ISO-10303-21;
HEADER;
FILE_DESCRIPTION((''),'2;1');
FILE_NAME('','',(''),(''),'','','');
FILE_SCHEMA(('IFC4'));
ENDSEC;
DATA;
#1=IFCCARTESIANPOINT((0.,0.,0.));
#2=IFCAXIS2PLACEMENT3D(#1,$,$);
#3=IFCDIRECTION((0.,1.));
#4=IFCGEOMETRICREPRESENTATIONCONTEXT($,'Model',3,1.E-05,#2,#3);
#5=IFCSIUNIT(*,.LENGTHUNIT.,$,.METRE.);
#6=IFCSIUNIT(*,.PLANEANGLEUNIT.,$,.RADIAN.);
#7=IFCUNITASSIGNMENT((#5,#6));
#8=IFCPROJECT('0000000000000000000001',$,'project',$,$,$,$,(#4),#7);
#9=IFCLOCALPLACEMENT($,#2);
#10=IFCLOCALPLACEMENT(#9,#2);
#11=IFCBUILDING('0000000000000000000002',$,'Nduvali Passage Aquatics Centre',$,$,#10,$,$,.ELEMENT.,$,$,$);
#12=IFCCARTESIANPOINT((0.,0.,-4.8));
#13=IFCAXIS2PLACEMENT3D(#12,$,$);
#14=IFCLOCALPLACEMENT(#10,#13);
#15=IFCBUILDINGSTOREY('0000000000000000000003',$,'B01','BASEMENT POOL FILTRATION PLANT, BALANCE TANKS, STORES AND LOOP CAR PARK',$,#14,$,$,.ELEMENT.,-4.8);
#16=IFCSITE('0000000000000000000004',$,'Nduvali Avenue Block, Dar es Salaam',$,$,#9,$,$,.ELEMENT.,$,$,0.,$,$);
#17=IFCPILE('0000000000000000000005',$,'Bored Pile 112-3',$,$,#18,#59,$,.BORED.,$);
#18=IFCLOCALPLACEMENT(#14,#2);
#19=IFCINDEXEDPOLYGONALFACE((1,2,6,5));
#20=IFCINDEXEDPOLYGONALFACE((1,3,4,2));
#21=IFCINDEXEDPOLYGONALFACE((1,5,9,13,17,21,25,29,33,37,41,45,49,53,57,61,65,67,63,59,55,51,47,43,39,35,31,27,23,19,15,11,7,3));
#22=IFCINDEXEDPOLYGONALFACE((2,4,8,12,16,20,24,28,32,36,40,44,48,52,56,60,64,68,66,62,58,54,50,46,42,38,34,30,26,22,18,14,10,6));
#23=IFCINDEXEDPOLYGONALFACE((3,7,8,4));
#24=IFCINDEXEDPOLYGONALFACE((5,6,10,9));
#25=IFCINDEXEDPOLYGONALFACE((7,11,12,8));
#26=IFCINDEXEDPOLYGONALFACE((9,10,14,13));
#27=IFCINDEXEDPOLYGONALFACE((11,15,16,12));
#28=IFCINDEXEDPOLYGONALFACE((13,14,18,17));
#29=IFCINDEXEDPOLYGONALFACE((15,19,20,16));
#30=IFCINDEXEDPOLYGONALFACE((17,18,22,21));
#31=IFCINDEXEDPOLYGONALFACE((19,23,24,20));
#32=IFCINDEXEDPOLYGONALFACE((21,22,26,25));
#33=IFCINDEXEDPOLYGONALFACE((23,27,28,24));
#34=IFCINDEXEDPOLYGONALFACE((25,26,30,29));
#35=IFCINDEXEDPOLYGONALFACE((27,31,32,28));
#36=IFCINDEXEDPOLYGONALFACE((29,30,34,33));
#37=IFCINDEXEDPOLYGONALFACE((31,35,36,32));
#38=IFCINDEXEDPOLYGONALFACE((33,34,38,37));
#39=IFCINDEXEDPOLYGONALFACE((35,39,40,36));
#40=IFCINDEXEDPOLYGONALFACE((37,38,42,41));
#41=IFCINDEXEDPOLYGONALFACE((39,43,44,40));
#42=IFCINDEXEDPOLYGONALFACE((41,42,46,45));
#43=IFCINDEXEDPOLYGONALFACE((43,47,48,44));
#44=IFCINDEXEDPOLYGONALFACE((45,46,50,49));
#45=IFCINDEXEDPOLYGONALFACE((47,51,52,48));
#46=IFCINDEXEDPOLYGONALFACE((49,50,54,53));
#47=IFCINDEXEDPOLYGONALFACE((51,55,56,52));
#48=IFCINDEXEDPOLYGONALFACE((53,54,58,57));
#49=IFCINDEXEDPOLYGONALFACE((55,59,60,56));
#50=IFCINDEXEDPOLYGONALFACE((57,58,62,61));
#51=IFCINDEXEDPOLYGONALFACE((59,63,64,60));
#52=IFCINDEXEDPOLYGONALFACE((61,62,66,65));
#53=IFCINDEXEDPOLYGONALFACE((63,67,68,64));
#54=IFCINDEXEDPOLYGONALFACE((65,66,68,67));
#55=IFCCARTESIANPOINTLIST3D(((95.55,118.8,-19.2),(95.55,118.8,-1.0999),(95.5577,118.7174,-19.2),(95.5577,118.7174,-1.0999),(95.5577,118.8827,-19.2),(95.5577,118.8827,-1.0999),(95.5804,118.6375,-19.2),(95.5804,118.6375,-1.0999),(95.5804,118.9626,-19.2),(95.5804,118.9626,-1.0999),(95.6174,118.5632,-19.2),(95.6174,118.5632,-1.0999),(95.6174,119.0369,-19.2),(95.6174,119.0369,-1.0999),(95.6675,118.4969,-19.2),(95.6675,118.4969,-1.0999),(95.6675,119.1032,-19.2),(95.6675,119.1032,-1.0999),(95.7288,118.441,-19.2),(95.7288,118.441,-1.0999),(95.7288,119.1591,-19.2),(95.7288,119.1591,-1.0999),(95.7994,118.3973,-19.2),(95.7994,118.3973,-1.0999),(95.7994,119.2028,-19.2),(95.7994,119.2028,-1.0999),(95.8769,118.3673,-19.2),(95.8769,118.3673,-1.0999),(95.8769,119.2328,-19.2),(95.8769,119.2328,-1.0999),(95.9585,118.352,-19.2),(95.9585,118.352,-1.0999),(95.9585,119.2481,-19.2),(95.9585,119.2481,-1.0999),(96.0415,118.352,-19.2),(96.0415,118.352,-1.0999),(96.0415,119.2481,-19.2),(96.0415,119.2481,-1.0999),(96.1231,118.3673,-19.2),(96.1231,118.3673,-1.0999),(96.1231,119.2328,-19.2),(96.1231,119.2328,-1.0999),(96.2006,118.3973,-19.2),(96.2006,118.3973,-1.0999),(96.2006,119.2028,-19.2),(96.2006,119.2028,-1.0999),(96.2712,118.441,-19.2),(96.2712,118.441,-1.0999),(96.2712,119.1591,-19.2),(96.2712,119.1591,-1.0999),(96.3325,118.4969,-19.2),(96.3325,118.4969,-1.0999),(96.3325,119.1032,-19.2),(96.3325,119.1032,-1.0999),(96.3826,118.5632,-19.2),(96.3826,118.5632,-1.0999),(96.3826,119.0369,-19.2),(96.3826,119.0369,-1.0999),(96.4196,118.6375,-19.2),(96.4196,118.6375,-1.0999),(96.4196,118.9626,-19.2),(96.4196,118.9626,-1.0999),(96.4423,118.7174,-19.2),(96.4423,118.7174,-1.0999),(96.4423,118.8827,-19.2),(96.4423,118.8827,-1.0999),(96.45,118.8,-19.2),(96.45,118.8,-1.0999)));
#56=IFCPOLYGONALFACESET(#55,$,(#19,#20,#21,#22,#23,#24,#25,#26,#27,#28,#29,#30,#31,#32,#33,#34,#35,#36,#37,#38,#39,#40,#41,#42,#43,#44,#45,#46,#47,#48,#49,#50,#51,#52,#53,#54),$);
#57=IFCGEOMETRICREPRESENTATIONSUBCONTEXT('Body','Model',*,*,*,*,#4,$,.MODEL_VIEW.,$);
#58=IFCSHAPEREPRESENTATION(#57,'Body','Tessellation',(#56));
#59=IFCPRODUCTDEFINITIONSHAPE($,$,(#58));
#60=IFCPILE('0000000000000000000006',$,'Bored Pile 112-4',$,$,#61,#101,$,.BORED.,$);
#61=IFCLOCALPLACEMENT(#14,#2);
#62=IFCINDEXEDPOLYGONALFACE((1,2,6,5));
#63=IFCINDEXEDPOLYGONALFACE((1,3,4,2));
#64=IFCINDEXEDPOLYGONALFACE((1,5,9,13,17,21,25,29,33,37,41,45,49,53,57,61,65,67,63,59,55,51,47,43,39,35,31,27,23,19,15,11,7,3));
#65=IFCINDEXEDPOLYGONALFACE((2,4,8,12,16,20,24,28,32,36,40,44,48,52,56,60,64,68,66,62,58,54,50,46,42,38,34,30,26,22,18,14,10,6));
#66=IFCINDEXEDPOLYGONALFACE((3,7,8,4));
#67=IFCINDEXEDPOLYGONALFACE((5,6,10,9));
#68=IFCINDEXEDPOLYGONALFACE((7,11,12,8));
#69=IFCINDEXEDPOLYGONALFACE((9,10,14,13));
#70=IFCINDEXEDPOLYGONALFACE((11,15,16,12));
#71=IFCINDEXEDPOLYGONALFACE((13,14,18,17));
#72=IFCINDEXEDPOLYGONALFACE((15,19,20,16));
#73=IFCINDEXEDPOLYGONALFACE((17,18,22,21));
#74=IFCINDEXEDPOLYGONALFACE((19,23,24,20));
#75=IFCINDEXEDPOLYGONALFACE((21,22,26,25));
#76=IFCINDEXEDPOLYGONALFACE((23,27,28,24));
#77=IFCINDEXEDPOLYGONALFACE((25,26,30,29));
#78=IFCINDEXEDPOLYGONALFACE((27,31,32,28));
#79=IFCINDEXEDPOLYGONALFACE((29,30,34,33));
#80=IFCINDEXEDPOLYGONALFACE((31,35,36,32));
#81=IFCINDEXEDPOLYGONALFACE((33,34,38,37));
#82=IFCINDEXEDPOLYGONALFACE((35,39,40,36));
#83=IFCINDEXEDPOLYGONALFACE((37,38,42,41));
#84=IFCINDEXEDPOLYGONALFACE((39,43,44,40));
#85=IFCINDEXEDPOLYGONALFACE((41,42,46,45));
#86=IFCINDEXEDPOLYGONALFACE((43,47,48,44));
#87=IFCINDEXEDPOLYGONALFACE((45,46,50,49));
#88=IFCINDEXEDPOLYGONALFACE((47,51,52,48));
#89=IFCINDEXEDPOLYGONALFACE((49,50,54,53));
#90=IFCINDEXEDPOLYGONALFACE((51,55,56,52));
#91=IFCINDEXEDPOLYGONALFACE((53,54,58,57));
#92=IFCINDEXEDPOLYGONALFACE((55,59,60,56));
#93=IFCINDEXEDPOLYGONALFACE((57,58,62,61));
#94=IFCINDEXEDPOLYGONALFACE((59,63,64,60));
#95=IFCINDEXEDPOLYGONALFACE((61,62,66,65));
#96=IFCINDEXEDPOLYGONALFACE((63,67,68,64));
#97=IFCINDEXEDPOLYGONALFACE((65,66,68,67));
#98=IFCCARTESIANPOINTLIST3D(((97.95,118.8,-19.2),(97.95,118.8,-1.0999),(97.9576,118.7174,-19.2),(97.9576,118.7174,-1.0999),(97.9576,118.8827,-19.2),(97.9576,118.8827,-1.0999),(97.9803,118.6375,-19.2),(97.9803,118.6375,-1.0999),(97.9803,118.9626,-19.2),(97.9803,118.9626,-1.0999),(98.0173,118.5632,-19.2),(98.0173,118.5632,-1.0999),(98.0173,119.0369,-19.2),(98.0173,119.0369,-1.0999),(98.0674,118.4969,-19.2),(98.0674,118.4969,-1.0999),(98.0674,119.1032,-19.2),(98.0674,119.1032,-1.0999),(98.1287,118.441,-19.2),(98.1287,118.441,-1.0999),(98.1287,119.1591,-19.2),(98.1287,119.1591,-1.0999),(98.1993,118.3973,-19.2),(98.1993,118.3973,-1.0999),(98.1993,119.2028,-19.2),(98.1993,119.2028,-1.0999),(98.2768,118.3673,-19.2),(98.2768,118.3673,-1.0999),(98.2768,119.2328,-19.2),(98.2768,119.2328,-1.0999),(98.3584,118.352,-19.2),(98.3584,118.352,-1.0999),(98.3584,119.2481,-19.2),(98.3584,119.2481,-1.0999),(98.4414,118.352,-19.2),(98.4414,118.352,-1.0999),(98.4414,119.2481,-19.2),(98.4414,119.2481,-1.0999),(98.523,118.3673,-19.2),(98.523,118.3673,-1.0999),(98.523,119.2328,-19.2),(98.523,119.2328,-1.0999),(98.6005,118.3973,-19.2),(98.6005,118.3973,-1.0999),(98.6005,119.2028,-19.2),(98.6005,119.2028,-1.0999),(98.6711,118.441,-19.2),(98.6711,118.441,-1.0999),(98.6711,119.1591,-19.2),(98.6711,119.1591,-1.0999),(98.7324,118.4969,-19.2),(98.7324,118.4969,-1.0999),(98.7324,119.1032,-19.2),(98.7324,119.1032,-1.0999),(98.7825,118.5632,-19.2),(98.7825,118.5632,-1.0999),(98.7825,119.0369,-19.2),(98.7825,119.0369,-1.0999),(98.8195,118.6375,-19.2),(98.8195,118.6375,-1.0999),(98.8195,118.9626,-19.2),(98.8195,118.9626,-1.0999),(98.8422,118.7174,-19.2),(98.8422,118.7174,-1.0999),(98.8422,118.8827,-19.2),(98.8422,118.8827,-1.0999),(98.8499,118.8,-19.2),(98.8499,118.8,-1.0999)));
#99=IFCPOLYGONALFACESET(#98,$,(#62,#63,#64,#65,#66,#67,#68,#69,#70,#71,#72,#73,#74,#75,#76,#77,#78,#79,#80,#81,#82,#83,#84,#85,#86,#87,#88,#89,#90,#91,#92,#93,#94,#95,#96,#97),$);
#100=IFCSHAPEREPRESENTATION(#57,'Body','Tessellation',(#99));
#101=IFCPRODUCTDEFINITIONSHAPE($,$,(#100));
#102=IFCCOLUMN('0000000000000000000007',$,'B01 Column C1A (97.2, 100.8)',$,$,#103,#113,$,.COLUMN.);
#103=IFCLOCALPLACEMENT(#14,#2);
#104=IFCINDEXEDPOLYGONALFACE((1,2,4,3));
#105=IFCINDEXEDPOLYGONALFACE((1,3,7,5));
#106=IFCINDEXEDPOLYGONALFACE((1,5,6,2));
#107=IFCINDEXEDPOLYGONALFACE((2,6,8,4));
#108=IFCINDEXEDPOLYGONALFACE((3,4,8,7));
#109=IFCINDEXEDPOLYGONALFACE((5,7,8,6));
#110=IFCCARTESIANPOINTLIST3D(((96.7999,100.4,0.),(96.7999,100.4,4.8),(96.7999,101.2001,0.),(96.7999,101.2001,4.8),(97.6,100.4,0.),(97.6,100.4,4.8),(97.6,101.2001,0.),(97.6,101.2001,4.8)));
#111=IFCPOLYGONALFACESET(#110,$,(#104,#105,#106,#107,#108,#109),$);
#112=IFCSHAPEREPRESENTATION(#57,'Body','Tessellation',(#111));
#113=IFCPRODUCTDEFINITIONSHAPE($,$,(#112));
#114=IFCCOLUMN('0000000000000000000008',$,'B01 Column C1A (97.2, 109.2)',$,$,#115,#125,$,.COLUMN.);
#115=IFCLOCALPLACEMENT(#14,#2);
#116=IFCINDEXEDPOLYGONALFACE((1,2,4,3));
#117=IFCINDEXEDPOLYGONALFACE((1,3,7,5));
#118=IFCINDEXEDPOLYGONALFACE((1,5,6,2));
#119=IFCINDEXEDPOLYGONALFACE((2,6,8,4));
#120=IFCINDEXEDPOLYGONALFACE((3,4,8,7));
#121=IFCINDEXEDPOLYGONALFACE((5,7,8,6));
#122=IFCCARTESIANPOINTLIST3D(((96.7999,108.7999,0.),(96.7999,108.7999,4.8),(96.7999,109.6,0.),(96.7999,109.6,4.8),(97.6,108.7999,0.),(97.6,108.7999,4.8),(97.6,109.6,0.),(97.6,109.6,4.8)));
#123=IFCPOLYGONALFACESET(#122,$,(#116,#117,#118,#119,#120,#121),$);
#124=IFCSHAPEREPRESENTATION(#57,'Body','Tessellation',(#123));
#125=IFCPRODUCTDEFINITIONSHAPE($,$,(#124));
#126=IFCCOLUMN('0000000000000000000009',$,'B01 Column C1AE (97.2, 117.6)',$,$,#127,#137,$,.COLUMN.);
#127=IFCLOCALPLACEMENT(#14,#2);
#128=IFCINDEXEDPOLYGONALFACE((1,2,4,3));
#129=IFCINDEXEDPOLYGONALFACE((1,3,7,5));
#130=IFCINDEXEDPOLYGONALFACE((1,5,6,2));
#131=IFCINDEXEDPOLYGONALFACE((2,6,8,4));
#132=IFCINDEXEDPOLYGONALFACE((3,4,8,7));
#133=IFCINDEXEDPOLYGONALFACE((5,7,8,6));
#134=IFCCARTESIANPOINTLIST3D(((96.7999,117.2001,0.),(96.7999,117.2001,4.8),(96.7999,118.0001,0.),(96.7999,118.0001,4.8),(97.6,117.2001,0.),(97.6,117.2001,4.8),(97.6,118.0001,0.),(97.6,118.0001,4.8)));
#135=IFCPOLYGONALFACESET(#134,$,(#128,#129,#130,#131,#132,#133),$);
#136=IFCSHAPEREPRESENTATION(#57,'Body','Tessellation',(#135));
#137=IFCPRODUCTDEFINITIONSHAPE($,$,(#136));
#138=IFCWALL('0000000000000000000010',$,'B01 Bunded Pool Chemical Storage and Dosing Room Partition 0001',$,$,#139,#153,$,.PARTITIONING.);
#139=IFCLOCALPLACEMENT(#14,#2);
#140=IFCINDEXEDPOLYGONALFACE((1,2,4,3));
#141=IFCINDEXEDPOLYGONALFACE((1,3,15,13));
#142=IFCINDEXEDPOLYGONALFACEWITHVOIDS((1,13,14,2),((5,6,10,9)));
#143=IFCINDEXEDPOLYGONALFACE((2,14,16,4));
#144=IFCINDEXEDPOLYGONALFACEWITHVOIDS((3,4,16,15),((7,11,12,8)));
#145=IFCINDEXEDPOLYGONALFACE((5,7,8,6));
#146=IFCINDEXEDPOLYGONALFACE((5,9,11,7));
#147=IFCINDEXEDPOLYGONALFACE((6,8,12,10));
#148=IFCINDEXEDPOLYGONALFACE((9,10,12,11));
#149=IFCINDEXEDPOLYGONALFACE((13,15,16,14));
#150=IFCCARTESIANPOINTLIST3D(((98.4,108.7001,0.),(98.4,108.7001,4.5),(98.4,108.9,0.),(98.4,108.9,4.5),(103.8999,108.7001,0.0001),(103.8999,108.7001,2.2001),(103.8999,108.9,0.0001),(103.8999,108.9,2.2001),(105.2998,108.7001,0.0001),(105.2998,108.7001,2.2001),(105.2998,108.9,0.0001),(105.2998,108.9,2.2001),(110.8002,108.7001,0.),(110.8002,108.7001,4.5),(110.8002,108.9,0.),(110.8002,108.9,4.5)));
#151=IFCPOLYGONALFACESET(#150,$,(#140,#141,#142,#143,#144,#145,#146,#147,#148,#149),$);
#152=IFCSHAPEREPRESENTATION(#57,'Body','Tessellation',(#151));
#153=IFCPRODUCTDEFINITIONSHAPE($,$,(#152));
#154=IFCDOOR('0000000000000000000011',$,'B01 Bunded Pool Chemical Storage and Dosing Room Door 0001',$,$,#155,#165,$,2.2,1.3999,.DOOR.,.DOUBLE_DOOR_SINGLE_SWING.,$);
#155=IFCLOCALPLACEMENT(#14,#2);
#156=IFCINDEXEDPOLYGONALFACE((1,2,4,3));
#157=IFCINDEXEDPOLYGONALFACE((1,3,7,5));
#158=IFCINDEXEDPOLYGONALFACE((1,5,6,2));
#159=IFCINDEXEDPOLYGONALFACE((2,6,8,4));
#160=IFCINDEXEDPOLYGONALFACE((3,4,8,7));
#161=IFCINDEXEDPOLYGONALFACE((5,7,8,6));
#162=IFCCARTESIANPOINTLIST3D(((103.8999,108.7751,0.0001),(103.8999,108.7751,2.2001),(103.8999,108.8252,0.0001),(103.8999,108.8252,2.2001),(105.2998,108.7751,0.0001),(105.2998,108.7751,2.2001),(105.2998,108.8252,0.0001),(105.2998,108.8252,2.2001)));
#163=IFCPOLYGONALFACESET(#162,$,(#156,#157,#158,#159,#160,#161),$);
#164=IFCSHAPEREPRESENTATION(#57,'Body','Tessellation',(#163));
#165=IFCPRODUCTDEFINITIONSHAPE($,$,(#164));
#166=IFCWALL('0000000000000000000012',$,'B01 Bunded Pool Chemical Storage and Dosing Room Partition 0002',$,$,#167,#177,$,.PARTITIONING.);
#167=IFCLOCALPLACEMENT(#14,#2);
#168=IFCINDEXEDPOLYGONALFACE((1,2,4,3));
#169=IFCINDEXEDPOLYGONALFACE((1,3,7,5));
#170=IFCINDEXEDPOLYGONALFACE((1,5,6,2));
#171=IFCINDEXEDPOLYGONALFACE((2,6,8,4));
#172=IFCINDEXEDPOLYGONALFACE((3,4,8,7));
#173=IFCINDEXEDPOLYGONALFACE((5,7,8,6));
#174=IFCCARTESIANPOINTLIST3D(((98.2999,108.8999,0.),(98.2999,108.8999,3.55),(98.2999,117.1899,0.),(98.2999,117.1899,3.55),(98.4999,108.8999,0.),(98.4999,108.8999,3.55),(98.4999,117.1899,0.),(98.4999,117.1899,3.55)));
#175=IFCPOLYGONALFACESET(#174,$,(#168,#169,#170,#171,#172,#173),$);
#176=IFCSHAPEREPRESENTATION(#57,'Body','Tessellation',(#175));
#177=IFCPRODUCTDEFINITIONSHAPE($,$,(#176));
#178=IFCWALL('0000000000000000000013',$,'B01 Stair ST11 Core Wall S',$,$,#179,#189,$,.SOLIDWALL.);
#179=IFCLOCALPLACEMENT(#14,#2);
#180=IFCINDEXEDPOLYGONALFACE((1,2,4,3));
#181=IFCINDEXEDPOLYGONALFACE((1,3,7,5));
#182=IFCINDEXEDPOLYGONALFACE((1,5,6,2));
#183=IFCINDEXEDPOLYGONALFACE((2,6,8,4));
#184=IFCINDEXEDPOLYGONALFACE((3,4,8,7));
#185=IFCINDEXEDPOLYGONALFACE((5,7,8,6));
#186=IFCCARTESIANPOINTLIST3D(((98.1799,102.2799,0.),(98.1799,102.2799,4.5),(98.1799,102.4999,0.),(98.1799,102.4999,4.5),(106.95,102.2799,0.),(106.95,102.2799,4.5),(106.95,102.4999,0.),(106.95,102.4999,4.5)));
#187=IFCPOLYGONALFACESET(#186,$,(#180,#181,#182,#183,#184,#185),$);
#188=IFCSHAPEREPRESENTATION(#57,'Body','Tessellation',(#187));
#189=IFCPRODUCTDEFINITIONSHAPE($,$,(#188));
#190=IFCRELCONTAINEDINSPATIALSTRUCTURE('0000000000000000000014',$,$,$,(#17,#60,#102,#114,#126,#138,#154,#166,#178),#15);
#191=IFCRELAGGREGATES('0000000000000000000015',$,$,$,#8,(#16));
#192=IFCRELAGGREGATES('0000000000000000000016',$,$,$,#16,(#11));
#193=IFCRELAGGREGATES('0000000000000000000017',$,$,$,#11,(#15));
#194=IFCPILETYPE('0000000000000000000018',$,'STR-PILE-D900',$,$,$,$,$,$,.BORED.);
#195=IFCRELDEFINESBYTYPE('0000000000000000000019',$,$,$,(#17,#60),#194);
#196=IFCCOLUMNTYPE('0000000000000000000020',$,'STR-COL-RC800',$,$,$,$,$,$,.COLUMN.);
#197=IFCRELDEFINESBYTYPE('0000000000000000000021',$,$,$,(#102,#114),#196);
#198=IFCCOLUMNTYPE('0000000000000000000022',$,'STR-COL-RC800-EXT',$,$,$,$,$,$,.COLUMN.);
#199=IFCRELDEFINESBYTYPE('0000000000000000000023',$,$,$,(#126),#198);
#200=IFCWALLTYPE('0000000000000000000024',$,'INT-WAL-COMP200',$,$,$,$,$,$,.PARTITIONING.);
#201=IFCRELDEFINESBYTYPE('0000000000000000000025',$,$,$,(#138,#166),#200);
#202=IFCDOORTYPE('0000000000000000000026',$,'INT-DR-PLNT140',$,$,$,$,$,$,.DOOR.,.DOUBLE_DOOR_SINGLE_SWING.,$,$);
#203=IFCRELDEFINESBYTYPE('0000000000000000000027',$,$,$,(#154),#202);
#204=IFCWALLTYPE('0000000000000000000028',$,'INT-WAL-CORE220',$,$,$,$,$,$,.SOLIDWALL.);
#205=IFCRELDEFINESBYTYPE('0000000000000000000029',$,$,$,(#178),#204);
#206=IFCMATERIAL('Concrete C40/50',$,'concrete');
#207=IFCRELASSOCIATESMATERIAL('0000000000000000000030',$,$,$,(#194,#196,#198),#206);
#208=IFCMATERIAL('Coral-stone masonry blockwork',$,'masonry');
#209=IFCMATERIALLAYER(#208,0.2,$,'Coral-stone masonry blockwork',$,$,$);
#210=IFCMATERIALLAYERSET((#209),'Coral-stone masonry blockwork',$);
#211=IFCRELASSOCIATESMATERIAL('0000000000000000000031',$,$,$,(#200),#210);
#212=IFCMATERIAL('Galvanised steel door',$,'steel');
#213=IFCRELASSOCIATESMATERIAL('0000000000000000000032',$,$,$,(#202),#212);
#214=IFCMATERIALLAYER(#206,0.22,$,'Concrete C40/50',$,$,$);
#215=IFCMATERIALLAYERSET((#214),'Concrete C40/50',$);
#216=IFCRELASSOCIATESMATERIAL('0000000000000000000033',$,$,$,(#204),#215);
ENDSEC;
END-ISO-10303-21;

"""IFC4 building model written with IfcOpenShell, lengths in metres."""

from ifc_helpers import new_model, si_unit, direction, frame, frame_2d, origin, origin_2d, place, context, subcontext, project, spatial, rectangle, circle, extrude, material, layer, layer_set, material_profile, profile_set, type_object, element, fill, save


model = new_model("IFC4")

# Units and contexts
model_context = context("Model", 3, precision=1e-05, world=origin(), true_north=direction((0.0, 1.0)))
body_context = subcontext(model_context, "Body", "Model", "MODEL_VIEW")
ifc_project = project(units=[si_unit("LENGTHUNIT", "METRE"), si_unit("PLANEANGLEUNIT", "RADIAN")], contexts=[model_context])

# Site, building, storey
site_placement = place(None, origin())
site = spatial("IfcSite", under=ifc_project, at=site_placement, Name="Nduvali Avenue Block, Dar es Salaam", CompositionType="ELEMENT", RefElevation=0.0)
building_placement = place(site_placement, origin())
building = spatial("IfcBuilding", under=site, at=building_placement, Name="Nduvali Passage Aquatics Centre", CompositionType="ELEMENT")
storey_placement = place(building_placement, frame((0.0, 0.0, -4.8)))
storey = spatial("IfcBuildingStorey", under=building, at=storey_placement, Name="B01", Description="BASEMENT POOL FILTRATION PLANT, BALANCE TANKS, STORES AND LOOP CAR PARK", CompositionType="ELEMENT", Elevation=-4.8)

# Shared definitions
ifc_material_1 = material(Name="Concrete C40/50", Category="concrete")

# Piles
ifc_material_profile_1 = material_profile(ifc_material_1, circle(Radius=0.45, at=origin_2d()), Name="PILE D900")
ifc_profile_set_1 = profile_set([ifc_material_profile_1], Name="Concrete C40/50")
pile_type_1 = type_object("IfcPileType", Name="STR-PILE-D900", PredefinedType="BORED", material=ifc_profile_set_1)
for number, where, z_axis, x_axis, name in (
    (1, (96.0, 118.8, -1.0999), (0.0, 0.0, -1.0), (1.0, 0.0, 0.0), "Bored Pile 112-3"),
    (2, (98.3999, 118.8, -1.0999), (0.0, 0.0, -1.0), (1.0, 0.0, 0.0), "Bored Pile 112-4"),
):
    element("IfcPile", number, at=place(storey_placement, frame(where, z_axis=z_axis, x_axis=x_axis)), inside=storey, type_object=pile_type_1, Name=name, PredefinedType="BORED", context=body_context, shape_type="SweptSolid", body=[
        extrude(circle(Radius=0.45, at=origin_2d()), origin(), (0.0, 0.0, 1.0), 18.1001),
    ])

# Columns
ifc_material_profile_2 = material_profile(ifc_material_1, rectangle(XDim=0.8, YDim=0.8, at=origin_2d()), Name="RC 800x800")
ifc_profile_set_2 = profile_set([ifc_material_profile_2], Name="Concrete C40/50")
column_type_1 = type_object("IfcColumnType", Name="STR-COL-RC800", PredefinedType="COLUMN", material=ifc_profile_set_2)
for number, where, z_axis, x_axis, name in (
    (3, (97.2, 100.8, 0.0), (0.0, 0.0, 1.0), (1.0, 0.0, 0.0), "B01 Column C1A (97.2, 100.8)"),
    (4, (97.2, 109.2, 0.0), (0.0, 0.0, 1.0), (1.0, 0.0, 0.0), "B01 Column C1A (97.2, 109.2)"),
):
    element("IfcColumn", number, at=place(storey_placement, frame(where, z_axis=z_axis, x_axis=x_axis)), inside=storey, type_object=column_type_1, Name=name, PredefinedType="COLUMN", context=body_context, shape_type="SweptSolid", body=[
        extrude(rectangle(XDim=0.8, YDim=0.8, at=origin_2d()), origin(), (0.0, 0.0, 1.0), 4.8),
    ])
ifc_material_profile_3 = material_profile(ifc_material_1, rectangle(XDim=0.8, YDim=0.8, at=origin_2d()), Name="RC 800x800")
ifc_profile_set_3 = profile_set([ifc_material_profile_3], Name="Concrete C40/50")
column_type_2 = type_object("IfcColumnType", Name="STR-COL-RC800-EXT", PredefinedType="COLUMN", material=ifc_profile_set_3)
column_placement = place(storey_placement, frame((97.2, 117.6001, 0.0), z_axis=(0.0, 0.0, 1.0), x_axis=(1.0, 0.0, 0.0)))
element("IfcColumn", 5, at=column_placement, inside=storey, type_object=column_type_2, Name="B01 Column C1AE (97.2, 117.6)", PredefinedType="COLUMN", context=body_context, shape_type="SweptSolid", body=[
    extrude(rectangle(XDim=0.8, YDim=0.8, at=origin_2d()), origin(), (0.0, 0.0, 1.0), 4.8),
])

# Wall, opening, door
ifc_material_2 = material(Name="Coral-stone masonry blockwork", Category="masonry")
ifc_layer_1 = layer(ifc_material_2, 0.2, Name="Coral-stone masonry blockwork")
ifc_layer_set_1 = layer_set([ifc_layer_1], Name="Coral-stone masonry blockwork")
wall_type_1 = type_object("IfcWallType", Name="INT-WAL-COMP200", PredefinedType="PARTITIONING", material=ifc_layer_set_1)
wall_1_placement = place(storey_placement, frame((98.3999, 108.8, 0.0), z_axis=(0.0, 0.0, 1.0), x_axis=(1.0, 0.0, 0.0)))
wall_1 = element("IfcWall", 6, at=wall_1_placement, inside=storey, type_object=wall_type_1, Name="B01 Bunded Pool Chemical Storage and Dosing Room Partition 0001", PredefinedType="PARTITIONING", context=body_context, shape_type="SweptSolid", body=[
    extrude(rectangle(XDim=12.4001, YDim=0.2, at=frame_2d((6.2002, 0.0))), origin(), (0.0, 0.0, 1.0), 4.5),
])
opening_1_placement = place(wall_1_placement, frame((5.5, 0.0, 0.0)))
opening_1 = element("IfcOpeningElement", 7, at=opening_1_placement, cuts=wall_1, PredefinedType="OPENING", context=body_context, shape_type="SweptSolid", body=[
    extrude(rectangle(XDim=1.3999, YDim=2.2, at=frame_2d((0.7, 1.1001))), frame((0.0, 0.1147, 0.0), z_axis=(0.0, -1.0, 0.0), x_axis=(1.0, 0.0, 0.0)), (0.0, 0.0, 1.0), 0.2297),
])
ifc_material_3 = material(Name="Galvanised steel door", Category="steel")
door_type_1 = type_object("IfcDoorType", Name="INT-DR-PLNT140", OperationType="DOUBLE_DOOR_SINGLE_SWING", PredefinedType="DOOR", material=ifc_material_3)
door_1_placement = place(opening_1_placement, frame((1.3999, 0.0, 0.0), z_axis=(0.0, 0.0, 1.0), x_axis=(-1.0, 0.0, 0.0)))
door_1 = element("IfcDoor", 8, at=door_1_placement, inside=storey, type_object=door_type_1, Name="B01 Bunded Pool Chemical Storage and Dosing Room Door 0001", OperationType="DOUBLE_DOOR_SINGLE_SWING", OverallHeight=2.2, OverallWidth=1.3999, PredefinedType="DOOR", context=body_context, shape_type="SweptSolid", body=[
    extrude(rectangle(XDim=1.3999, YDim=2.2, at=frame_2d((0.7, 1.1001))), frame((0.0, 0.0249, 0.0), z_axis=(0.0, -1.0, 0.0), x_axis=(1.0, 0.0, 0.0)), (0.0, 0.0, 1.0), 0.05),
])
fill(opening_1, door_1)

# Walls
wall_2_placement = place(storey_placement, frame((98.3999, 108.8999, 0.0), z_axis=(0.0, 0.0, 1.0), x_axis=(0.0, 1.0, 0.0)))
element("IfcWall", 9, at=wall_2_placement, inside=storey, type_object=wall_type_1, Name="B01 Bunded Pool Chemical Storage and Dosing Room Partition 0002", PredefinedType="PARTITIONING", context=body_context, shape_type="SweptSolid", body=[
    extrude(rectangle(XDim=8.29, YDim=0.2, at=frame_2d((4.145, 0.0))), origin(), (0.0, 0.0, 1.0), 3.55),
])
ifc_layer_2 = layer(ifc_material_1, 0.22, Name="Concrete C40/50")
ifc_layer_set_2 = layer_set([ifc_layer_2], Name="Concrete C40/50")
wall_type_2 = type_object("IfcWallType", Name="INT-WAL-CORE220", PredefinedType="SOLIDWALL", material=ifc_layer_set_2)
wall_3_placement = place(storey_placement, frame((98.1799, 102.3899, 0.0), z_axis=(0.0, 0.0, 1.0), x_axis=(1.0, 0.0, 0.0)))
element("IfcWall", 10, at=wall_3_placement, inside=storey, type_object=wall_type_2, Name="B01 Stair ST11 Core Wall S", PredefinedType="SOLIDWALL", context=body_context, shape_type="SweptSolid", body=[
    extrude(rectangle(XDim=8.77, YDim=0.22, at=frame_2d((4.385, 0.0))), origin(), (0.0, 0.0, 1.0), 4.5),
])

save(model, "model.ifc")
